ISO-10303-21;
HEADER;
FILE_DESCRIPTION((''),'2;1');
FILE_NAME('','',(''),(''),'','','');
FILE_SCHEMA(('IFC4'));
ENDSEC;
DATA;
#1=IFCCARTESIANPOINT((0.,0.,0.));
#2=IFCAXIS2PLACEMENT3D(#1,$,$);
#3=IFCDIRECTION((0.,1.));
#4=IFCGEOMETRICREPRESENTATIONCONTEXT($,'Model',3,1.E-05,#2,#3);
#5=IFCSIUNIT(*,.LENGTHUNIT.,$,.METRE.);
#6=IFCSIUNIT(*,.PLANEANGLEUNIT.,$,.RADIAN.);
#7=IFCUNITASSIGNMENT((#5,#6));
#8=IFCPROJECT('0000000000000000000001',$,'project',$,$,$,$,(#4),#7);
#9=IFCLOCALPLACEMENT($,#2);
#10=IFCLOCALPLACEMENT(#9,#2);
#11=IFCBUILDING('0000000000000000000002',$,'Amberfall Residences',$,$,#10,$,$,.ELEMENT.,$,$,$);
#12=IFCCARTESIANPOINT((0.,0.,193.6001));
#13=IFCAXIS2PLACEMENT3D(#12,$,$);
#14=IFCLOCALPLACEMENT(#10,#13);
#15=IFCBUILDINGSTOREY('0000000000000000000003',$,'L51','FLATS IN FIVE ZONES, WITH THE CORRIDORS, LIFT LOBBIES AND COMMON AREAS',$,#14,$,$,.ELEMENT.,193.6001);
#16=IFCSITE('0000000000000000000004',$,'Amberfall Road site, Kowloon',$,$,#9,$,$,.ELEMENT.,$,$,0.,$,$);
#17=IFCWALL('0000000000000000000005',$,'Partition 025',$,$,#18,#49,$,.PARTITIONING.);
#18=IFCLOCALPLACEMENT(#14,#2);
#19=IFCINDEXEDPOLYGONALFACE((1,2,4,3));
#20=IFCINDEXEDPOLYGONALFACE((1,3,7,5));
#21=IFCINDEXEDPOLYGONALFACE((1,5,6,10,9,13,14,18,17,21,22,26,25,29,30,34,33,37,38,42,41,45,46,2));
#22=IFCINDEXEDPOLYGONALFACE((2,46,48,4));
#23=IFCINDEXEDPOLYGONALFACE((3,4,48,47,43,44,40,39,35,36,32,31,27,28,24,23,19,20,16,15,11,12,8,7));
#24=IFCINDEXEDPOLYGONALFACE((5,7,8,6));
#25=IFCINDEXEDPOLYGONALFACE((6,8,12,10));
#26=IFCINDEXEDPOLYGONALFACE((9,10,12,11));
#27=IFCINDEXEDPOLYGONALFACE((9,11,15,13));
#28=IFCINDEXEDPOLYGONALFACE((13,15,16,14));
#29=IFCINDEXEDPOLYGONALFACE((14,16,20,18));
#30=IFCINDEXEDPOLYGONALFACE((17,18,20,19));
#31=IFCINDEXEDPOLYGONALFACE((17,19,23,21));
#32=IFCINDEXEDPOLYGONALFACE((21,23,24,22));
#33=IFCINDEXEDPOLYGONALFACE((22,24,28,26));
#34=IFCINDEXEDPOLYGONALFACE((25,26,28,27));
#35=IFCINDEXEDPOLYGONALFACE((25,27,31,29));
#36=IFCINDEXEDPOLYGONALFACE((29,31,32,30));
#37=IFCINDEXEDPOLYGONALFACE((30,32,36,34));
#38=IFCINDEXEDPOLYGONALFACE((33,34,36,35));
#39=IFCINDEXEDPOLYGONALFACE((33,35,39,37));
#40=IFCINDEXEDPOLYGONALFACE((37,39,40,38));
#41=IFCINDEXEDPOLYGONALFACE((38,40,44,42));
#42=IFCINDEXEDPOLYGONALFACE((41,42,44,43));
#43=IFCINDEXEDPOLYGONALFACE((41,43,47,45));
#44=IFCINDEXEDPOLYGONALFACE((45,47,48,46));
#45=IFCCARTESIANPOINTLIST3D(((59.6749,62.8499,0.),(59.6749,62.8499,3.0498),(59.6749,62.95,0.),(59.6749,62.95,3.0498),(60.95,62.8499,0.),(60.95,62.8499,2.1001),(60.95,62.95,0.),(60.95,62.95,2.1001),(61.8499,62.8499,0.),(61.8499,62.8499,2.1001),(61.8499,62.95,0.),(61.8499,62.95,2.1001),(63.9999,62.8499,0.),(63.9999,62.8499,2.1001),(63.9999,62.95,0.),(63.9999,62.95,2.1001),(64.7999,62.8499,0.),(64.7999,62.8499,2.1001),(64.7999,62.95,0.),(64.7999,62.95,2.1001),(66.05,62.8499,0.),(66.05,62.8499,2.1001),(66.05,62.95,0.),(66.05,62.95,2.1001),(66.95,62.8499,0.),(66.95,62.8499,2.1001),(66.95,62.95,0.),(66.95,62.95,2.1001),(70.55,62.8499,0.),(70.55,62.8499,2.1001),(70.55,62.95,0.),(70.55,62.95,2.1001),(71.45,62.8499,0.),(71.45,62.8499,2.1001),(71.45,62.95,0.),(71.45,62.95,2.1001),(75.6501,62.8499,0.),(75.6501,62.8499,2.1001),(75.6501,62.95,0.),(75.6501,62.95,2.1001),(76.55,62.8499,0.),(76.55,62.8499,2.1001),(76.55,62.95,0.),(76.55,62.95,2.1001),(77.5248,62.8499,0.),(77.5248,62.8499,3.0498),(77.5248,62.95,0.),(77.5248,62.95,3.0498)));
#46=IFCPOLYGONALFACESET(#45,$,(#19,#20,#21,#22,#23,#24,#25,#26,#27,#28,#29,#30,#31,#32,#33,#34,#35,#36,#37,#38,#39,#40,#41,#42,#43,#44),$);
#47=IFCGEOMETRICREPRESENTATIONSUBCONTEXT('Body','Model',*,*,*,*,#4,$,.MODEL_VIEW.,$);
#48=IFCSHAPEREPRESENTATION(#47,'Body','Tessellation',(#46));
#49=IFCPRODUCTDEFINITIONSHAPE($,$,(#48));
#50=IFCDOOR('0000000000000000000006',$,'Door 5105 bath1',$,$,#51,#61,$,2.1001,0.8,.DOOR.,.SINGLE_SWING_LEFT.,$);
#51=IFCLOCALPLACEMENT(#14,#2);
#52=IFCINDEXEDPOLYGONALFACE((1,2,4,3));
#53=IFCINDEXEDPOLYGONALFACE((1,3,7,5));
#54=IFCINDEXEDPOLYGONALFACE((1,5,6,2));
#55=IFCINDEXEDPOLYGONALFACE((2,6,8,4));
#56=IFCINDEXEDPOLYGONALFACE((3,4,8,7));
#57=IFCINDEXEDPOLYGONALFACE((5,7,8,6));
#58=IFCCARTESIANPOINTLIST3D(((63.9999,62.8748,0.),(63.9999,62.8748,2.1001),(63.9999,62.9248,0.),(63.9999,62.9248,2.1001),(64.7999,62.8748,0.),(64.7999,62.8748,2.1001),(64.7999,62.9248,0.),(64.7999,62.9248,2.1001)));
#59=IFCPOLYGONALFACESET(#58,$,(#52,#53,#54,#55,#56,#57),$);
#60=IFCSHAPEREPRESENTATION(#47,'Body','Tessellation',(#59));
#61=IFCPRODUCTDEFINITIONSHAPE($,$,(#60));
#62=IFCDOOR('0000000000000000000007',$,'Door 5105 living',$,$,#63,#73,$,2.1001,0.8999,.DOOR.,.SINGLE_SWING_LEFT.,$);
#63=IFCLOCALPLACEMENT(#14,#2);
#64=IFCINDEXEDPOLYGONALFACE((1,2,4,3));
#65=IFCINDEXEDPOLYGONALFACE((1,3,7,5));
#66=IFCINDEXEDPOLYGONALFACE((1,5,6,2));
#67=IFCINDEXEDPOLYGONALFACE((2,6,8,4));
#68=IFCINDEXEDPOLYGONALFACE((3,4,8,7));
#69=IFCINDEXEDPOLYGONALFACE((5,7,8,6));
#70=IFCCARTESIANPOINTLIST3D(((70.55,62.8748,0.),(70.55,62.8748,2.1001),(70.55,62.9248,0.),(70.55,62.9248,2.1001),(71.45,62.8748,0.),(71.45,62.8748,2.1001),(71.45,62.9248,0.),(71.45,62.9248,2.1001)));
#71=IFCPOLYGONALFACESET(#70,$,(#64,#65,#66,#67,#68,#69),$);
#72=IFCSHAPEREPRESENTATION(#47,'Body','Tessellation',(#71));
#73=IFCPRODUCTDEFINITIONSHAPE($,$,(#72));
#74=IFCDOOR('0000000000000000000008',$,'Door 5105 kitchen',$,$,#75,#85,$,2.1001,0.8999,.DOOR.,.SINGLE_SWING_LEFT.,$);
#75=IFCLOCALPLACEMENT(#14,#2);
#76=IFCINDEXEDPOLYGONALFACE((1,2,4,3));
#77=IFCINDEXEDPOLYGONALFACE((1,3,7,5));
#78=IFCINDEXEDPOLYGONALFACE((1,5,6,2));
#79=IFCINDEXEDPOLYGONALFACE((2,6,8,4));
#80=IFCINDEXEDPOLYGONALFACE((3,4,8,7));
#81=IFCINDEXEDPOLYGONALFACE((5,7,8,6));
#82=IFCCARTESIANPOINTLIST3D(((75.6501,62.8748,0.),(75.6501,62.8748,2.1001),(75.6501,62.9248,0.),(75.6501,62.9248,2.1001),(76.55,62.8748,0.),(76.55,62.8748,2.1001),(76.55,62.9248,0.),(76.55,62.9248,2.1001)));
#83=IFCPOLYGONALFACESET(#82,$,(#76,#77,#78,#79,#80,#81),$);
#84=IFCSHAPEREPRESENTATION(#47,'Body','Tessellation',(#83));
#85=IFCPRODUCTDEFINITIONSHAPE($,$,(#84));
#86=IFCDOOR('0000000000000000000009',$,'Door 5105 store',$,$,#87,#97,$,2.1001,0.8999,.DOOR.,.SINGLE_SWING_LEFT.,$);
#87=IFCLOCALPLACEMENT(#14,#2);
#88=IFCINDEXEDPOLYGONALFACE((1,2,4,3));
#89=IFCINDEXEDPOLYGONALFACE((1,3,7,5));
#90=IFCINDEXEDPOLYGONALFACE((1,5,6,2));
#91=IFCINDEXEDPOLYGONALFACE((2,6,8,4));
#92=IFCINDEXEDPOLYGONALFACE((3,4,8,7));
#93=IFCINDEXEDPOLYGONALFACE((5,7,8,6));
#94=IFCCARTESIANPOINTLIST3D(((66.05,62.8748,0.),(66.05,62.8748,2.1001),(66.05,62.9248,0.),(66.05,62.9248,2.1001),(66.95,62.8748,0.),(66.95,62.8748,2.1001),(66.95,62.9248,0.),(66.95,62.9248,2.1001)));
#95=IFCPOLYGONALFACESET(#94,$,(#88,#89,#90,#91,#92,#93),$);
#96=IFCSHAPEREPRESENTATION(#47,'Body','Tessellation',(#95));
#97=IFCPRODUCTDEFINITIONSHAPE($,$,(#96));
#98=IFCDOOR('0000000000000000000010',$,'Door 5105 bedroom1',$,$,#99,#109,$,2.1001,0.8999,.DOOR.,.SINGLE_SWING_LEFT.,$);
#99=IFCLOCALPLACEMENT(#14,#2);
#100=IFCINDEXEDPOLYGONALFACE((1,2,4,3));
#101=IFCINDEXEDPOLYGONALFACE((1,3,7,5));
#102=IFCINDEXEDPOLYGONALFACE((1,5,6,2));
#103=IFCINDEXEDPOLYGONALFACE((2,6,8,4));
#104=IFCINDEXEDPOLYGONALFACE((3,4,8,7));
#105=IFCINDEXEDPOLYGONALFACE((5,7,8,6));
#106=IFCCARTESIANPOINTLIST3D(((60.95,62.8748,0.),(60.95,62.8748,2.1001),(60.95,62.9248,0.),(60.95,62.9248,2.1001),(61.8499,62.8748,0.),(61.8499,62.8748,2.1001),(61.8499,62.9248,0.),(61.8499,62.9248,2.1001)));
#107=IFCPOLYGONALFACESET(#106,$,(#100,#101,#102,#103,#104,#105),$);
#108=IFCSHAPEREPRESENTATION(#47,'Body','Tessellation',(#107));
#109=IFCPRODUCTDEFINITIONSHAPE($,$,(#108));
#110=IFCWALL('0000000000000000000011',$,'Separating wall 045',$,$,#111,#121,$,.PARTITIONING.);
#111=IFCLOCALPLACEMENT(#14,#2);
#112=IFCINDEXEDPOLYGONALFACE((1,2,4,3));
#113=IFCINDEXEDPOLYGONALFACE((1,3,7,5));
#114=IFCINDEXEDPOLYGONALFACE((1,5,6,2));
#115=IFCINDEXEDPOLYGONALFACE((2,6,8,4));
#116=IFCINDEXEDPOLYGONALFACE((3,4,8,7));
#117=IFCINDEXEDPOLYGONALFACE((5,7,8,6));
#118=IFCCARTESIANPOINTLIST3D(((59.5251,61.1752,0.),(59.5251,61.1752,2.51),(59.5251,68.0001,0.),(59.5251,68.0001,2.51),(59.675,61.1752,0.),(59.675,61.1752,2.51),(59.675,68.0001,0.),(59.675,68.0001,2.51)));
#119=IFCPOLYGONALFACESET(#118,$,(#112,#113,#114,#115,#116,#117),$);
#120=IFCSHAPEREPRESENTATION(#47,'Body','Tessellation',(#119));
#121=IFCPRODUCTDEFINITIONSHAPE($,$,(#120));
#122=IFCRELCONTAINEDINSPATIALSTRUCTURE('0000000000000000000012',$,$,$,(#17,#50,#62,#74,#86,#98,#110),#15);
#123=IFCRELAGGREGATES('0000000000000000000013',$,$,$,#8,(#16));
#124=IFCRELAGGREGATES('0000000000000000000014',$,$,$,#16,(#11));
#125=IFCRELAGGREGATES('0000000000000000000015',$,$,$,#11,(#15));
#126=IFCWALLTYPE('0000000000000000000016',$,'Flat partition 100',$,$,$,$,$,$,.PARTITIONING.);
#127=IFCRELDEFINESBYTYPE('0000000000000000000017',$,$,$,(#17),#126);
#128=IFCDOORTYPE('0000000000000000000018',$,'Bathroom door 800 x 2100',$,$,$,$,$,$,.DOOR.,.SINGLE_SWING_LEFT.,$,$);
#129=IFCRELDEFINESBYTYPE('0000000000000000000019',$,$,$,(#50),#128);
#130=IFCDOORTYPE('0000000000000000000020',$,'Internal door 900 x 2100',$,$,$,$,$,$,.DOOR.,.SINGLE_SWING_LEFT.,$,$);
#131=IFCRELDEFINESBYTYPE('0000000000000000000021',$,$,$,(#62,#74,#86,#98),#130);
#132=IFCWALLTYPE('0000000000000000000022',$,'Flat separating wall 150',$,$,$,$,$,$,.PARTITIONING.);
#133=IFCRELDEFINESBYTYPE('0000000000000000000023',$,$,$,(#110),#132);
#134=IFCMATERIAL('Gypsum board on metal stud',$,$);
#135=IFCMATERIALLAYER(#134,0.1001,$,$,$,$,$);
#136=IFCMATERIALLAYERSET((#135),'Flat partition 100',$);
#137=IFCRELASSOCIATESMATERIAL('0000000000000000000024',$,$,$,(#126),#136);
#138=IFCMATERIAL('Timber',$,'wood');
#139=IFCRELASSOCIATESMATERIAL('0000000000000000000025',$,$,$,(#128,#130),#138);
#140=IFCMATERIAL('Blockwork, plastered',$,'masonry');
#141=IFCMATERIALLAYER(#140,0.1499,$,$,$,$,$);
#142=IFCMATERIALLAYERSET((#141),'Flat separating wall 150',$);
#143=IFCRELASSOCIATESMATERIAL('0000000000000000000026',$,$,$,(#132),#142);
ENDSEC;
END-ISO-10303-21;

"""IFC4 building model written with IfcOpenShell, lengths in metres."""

from ifc_helpers import new_model, si_unit, direction, frame, frame_2d, origin, place, context, subcontext, project, spatial, rectangle, extrude, material, layer, layer_set, type_object, element, fill, save


model = new_model("IFC4")

# Units and contexts
model_context = context("Model", 3, precision=1e-05, world=origin(), true_north=direction((0.0, 1.0)))
body_context = subcontext(model_context, "Body", "Model", "MODEL_VIEW")
ifc_project = project(units=[si_unit("LENGTHUNIT", "METRE"), si_unit("PLANEANGLEUNIT", "RADIAN")], contexts=[model_context])

# Site, building, storey
site_placement = place(None, origin())
site = spatial("IfcSite", under=ifc_project, at=site_placement, Name="Amberfall Road site, Kowloon", CompositionType="ELEMENT", RefElevation=0.0)
building_placement = place(site_placement, origin())
building = spatial("IfcBuilding", under=site, at=building_placement, Name="Amberfall Residences", CompositionType="ELEMENT")
storey_placement = place(building_placement, frame((0.0, 0.0, 193.6001)))
storey = spatial("IfcBuildingStorey", under=building, at=storey_placement, Name="L51", Description="FLATS IN FIVE ZONES, WITH THE CORRIDORS, LIFT LOBBIES AND COMMON AREAS", CompositionType="ELEMENT", Elevation=193.6001)

# Shared definitions
ifc_material_1 = material(Name="Gypsum board on metal stud")
ifc_layer_1 = layer(ifc_material_1, 0.1001)
ifc_layer_set_1 = layer_set([ifc_layer_1], Name="Flat partition 100")
wall_type_1 = type_object("IfcWallType", Name="Flat partition 100", PredefinedType="PARTITIONING", material=ifc_layer_set_1)

# Wall, openings, doors
wall_1_placement = place(storey_placement, frame((59.675, 62.8999, 0.0), z_axis=(0.0, 0.0, 1.0), x_axis=(1.0, 0.0, 0.0)))
wall_1 = element("IfcWall", 1, at=wall_1_placement, inside=storey, type_object=wall_type_1, Name="Partition 025", PredefinedType="PARTITIONING", context=body_context, shape_type="SweptSolid", body=[
    extrude(rectangle(XDim=17.8499, YDim=0.1001, at=frame_2d((8.9248, 0.0))), origin(), (0.0, 0.0, 1.0), 3.0498),
])
opening_1_placement = place(wall_1_placement, frame((10.875, 0.0, 0.0)))
opening_1 = element("IfcOpeningElement", 2, at=opening_1_placement, cuts=wall_1, PredefinedType="OPENING", context=body_context, shape_type="SweptSolid", body=[
    extrude(rectangle(XDim=0.8999, YDim=2.1001, at=frame_2d((0.45, 1.05))), frame((0.0, 0.0601, 0.0), z_axis=(0.0, -1.0, 0.0), x_axis=(1.0, 0.0, 0.0)), (0.0, 0.0, 1.0), 0.1201),
])
opening_2_placement = place(wall_1_placement, frame((15.9751, 0.0, 0.0)))
opening_2 = element("IfcOpeningElement", 3, at=opening_2_placement, cuts=wall_1, PredefinedType="OPENING", context=body_context, shape_type="SweptSolid", body=[
    extrude(rectangle(XDim=0.8999, YDim=2.1001, at=frame_2d((0.45, 1.05))), frame((0.0, 0.0601, 0.0), z_axis=(0.0, -1.0, 0.0), x_axis=(1.0, 0.0, 0.0)), (0.0, 0.0, 1.0), 0.1201),
])
opening_3_placement = place(wall_1_placement, frame((6.375, 0.0, 0.0)))
opening_3 = element("IfcOpeningElement", 4, at=opening_3_placement, cuts=wall_1, PredefinedType="OPENING", context=body_context, shape_type="SweptSolid", body=[
    extrude(rectangle(XDim=0.8999, YDim=2.1001, at=frame_2d((0.45, 1.05))), frame((0.0, 0.0601, 0.0), z_axis=(0.0, -1.0, 0.0), x_axis=(1.0, 0.0, 0.0)), (0.0, 0.0, 1.0), 0.1201),
])
opening_4_placement = place(wall_1_placement, frame((1.2749, 0.0, 0.0)))
opening_4 = element("IfcOpeningElement", 5, at=opening_4_placement, cuts=wall_1, PredefinedType="OPENING", context=body_context, shape_type="SweptSolid", body=[
    extrude(rectangle(XDim=0.8999, YDim=2.1001, at=frame_2d((0.45, 1.05))), frame((0.0, 0.0601, 0.0), z_axis=(0.0, -1.0, 0.0), x_axis=(1.0, 0.0, 0.0)), (0.0, 0.0, 1.0), 0.1201),
])
opening_5_placement = place(wall_1_placement, frame((4.325, 0.0, 0.0)))
opening_5 = element("IfcOpeningElement", 6, at=opening_5_placement, cuts=wall_1, PredefinedType="OPENING", context=body_context, shape_type="SweptSolid", body=[
    extrude(rectangle(XDim=0.8, YDim=2.1001, at=frame_2d((0.3999, 1.05))), frame((0.0, 0.0601, 0.0), z_axis=(0.0, -1.0, 0.0), x_axis=(1.0, 0.0, 0.0)), (0.0, 0.0, 1.0), 0.1201),
])
ifc_material_2 = material(Name="Timber", Category="wood")
door_type_1 = type_object("IfcDoorType", Name="Bathroom door 800 x 2100", OperationType="SINGLE_SWING_LEFT", PredefinedType="DOOR", material=ifc_material_2)
door_1_placement = place(opening_5_placement, origin())
door_1 = element("IfcDoor", 7, at=door_1_placement, inside=storey, type_object=door_type_1, Name="Door 5105 bath1", OperationType="SINGLE_SWING_LEFT", OverallHeight=2.1001, OverallWidth=0.8, PredefinedType="DOOR", context=body_context, shape_type="SweptSolid", body=[
    extrude(rectangle(XDim=0.8, YDim=2.1001, at=frame_2d((0.3999, 1.05))), frame((0.0, 0.0249, 0.0), z_axis=(0.0, -1.0, 0.0), x_axis=(1.0, 0.0, 0.0)), (0.0, 0.0, 1.0), 0.05),
])
fill(opening_5, door_1)
door_type_2 = type_object("IfcDoorType", Name="Internal door 900 x 2100", OperationType="SINGLE_SWING_LEFT", PredefinedType="DOOR", material=ifc_material_2)
door_2_placement = place(opening_1_placement, origin())
door_2 = element("IfcDoor", 8, at=door_2_placement, inside=storey, type_object=door_type_2, Name="Door 5105 living", OperationType="SINGLE_SWING_LEFT", OverallHeight=2.1001, OverallWidth=0.8999, PredefinedType="DOOR", context=body_context, shape_type="SweptSolid", body=[
    extrude(rectangle(XDim=0.8999, YDim=2.1001, at=frame_2d((0.45, 1.05))), frame((0.0, 0.0249, 0.0), z_axis=(0.0, -1.0, 0.0), x_axis=(1.0, 0.0, 0.0)), (0.0, 0.0, 1.0), 0.05),
])
fill(opening_1, door_2)
door_3_placement = place(opening_2_placement, origin())
door_3 = element("IfcDoor", 9, at=door_3_placement, inside=storey, type_object=door_type_2, Name="Door 5105 kitchen", OperationType="SINGLE_SWING_LEFT", OverallHeight=2.1001, OverallWidth=0.8999, PredefinedType="DOOR", context=body_context, shape_type="SweptSolid", body=[
    extrude(rectangle(XDim=0.8999, YDim=2.1001, at=frame_2d((0.45, 1.05))), frame((0.0, 0.0249, 0.0), z_axis=(0.0, -1.0, 0.0), x_axis=(1.0, 0.0, 0.0)), (0.0, 0.0, 1.0), 0.05),
])
fill(opening_2, door_3)
door_4_placement = place(opening_3_placement, origin())
door_4 = element("IfcDoor", 10, at=door_4_placement, inside=storey, type_object=door_type_2, Name="Door 5105 store", OperationType="SINGLE_SWING_LEFT", OverallHeight=2.1001, OverallWidth=0.8999, PredefinedType="DOOR", context=body_context, shape_type="SweptSolid", body=[
    extrude(rectangle(XDim=0.8999, YDim=2.1001, at=frame_2d((0.45, 1.05))), frame((0.0, 0.0249, 0.0), z_axis=(0.0, -1.0, 0.0), x_axis=(1.0, 0.0, 0.0)), (0.0, 0.0, 1.0), 0.05),
])
fill(opening_3, door_4)
door_5_placement = place(opening_4_placement, origin())
door_5 = element("IfcDoor", 11, at=door_5_placement, inside=storey, type_object=door_type_2, Name="Door 5105 bedroom1", OperationType="SINGLE_SWING_LEFT", OverallHeight=2.1001, OverallWidth=0.8999, PredefinedType="DOOR", context=body_context, shape_type="SweptSolid", body=[
    extrude(rectangle(XDim=0.8999, YDim=2.1001, at=frame_2d((0.45, 1.05))), frame((0.0, 0.0249, 0.0), z_axis=(0.0, -1.0, 0.0), x_axis=(1.0, 0.0, 0.0)), (0.0, 0.0, 1.0), 0.05),
])
fill(opening_4, door_5)

# Wall
ifc_material_3 = material(Name="Blockwork, plastered", Category="masonry")
ifc_layer_2 = layer(ifc_material_3, 0.1499)
ifc_layer_set_2 = layer_set([ifc_layer_2], Name="Flat separating wall 150")
wall_type_2 = type_object("IfcWallType", Name="Flat separating wall 150", PredefinedType="PARTITIONING", material=ifc_layer_set_2)
wall_2_placement = place(storey_placement, frame((59.6001, 61.175, 0.0), z_axis=(0.0, 0.0, 1.0), x_axis=(0.0, 1.0, 0.0)))
element("IfcWall", 12, at=wall_2_placement, inside=storey, type_object=wall_type_2, Name="Separating wall 045", PredefinedType="PARTITIONING", context=body_context, shape_type="SweptSolid", body=[
    extrude(rectangle(XDim=6.825, YDim=0.1499, at=frame_2d((3.4126, 0.0))), origin(), (0.0, 0.0, 1.0), 2.51),
])

save(model, "model.ifc")
